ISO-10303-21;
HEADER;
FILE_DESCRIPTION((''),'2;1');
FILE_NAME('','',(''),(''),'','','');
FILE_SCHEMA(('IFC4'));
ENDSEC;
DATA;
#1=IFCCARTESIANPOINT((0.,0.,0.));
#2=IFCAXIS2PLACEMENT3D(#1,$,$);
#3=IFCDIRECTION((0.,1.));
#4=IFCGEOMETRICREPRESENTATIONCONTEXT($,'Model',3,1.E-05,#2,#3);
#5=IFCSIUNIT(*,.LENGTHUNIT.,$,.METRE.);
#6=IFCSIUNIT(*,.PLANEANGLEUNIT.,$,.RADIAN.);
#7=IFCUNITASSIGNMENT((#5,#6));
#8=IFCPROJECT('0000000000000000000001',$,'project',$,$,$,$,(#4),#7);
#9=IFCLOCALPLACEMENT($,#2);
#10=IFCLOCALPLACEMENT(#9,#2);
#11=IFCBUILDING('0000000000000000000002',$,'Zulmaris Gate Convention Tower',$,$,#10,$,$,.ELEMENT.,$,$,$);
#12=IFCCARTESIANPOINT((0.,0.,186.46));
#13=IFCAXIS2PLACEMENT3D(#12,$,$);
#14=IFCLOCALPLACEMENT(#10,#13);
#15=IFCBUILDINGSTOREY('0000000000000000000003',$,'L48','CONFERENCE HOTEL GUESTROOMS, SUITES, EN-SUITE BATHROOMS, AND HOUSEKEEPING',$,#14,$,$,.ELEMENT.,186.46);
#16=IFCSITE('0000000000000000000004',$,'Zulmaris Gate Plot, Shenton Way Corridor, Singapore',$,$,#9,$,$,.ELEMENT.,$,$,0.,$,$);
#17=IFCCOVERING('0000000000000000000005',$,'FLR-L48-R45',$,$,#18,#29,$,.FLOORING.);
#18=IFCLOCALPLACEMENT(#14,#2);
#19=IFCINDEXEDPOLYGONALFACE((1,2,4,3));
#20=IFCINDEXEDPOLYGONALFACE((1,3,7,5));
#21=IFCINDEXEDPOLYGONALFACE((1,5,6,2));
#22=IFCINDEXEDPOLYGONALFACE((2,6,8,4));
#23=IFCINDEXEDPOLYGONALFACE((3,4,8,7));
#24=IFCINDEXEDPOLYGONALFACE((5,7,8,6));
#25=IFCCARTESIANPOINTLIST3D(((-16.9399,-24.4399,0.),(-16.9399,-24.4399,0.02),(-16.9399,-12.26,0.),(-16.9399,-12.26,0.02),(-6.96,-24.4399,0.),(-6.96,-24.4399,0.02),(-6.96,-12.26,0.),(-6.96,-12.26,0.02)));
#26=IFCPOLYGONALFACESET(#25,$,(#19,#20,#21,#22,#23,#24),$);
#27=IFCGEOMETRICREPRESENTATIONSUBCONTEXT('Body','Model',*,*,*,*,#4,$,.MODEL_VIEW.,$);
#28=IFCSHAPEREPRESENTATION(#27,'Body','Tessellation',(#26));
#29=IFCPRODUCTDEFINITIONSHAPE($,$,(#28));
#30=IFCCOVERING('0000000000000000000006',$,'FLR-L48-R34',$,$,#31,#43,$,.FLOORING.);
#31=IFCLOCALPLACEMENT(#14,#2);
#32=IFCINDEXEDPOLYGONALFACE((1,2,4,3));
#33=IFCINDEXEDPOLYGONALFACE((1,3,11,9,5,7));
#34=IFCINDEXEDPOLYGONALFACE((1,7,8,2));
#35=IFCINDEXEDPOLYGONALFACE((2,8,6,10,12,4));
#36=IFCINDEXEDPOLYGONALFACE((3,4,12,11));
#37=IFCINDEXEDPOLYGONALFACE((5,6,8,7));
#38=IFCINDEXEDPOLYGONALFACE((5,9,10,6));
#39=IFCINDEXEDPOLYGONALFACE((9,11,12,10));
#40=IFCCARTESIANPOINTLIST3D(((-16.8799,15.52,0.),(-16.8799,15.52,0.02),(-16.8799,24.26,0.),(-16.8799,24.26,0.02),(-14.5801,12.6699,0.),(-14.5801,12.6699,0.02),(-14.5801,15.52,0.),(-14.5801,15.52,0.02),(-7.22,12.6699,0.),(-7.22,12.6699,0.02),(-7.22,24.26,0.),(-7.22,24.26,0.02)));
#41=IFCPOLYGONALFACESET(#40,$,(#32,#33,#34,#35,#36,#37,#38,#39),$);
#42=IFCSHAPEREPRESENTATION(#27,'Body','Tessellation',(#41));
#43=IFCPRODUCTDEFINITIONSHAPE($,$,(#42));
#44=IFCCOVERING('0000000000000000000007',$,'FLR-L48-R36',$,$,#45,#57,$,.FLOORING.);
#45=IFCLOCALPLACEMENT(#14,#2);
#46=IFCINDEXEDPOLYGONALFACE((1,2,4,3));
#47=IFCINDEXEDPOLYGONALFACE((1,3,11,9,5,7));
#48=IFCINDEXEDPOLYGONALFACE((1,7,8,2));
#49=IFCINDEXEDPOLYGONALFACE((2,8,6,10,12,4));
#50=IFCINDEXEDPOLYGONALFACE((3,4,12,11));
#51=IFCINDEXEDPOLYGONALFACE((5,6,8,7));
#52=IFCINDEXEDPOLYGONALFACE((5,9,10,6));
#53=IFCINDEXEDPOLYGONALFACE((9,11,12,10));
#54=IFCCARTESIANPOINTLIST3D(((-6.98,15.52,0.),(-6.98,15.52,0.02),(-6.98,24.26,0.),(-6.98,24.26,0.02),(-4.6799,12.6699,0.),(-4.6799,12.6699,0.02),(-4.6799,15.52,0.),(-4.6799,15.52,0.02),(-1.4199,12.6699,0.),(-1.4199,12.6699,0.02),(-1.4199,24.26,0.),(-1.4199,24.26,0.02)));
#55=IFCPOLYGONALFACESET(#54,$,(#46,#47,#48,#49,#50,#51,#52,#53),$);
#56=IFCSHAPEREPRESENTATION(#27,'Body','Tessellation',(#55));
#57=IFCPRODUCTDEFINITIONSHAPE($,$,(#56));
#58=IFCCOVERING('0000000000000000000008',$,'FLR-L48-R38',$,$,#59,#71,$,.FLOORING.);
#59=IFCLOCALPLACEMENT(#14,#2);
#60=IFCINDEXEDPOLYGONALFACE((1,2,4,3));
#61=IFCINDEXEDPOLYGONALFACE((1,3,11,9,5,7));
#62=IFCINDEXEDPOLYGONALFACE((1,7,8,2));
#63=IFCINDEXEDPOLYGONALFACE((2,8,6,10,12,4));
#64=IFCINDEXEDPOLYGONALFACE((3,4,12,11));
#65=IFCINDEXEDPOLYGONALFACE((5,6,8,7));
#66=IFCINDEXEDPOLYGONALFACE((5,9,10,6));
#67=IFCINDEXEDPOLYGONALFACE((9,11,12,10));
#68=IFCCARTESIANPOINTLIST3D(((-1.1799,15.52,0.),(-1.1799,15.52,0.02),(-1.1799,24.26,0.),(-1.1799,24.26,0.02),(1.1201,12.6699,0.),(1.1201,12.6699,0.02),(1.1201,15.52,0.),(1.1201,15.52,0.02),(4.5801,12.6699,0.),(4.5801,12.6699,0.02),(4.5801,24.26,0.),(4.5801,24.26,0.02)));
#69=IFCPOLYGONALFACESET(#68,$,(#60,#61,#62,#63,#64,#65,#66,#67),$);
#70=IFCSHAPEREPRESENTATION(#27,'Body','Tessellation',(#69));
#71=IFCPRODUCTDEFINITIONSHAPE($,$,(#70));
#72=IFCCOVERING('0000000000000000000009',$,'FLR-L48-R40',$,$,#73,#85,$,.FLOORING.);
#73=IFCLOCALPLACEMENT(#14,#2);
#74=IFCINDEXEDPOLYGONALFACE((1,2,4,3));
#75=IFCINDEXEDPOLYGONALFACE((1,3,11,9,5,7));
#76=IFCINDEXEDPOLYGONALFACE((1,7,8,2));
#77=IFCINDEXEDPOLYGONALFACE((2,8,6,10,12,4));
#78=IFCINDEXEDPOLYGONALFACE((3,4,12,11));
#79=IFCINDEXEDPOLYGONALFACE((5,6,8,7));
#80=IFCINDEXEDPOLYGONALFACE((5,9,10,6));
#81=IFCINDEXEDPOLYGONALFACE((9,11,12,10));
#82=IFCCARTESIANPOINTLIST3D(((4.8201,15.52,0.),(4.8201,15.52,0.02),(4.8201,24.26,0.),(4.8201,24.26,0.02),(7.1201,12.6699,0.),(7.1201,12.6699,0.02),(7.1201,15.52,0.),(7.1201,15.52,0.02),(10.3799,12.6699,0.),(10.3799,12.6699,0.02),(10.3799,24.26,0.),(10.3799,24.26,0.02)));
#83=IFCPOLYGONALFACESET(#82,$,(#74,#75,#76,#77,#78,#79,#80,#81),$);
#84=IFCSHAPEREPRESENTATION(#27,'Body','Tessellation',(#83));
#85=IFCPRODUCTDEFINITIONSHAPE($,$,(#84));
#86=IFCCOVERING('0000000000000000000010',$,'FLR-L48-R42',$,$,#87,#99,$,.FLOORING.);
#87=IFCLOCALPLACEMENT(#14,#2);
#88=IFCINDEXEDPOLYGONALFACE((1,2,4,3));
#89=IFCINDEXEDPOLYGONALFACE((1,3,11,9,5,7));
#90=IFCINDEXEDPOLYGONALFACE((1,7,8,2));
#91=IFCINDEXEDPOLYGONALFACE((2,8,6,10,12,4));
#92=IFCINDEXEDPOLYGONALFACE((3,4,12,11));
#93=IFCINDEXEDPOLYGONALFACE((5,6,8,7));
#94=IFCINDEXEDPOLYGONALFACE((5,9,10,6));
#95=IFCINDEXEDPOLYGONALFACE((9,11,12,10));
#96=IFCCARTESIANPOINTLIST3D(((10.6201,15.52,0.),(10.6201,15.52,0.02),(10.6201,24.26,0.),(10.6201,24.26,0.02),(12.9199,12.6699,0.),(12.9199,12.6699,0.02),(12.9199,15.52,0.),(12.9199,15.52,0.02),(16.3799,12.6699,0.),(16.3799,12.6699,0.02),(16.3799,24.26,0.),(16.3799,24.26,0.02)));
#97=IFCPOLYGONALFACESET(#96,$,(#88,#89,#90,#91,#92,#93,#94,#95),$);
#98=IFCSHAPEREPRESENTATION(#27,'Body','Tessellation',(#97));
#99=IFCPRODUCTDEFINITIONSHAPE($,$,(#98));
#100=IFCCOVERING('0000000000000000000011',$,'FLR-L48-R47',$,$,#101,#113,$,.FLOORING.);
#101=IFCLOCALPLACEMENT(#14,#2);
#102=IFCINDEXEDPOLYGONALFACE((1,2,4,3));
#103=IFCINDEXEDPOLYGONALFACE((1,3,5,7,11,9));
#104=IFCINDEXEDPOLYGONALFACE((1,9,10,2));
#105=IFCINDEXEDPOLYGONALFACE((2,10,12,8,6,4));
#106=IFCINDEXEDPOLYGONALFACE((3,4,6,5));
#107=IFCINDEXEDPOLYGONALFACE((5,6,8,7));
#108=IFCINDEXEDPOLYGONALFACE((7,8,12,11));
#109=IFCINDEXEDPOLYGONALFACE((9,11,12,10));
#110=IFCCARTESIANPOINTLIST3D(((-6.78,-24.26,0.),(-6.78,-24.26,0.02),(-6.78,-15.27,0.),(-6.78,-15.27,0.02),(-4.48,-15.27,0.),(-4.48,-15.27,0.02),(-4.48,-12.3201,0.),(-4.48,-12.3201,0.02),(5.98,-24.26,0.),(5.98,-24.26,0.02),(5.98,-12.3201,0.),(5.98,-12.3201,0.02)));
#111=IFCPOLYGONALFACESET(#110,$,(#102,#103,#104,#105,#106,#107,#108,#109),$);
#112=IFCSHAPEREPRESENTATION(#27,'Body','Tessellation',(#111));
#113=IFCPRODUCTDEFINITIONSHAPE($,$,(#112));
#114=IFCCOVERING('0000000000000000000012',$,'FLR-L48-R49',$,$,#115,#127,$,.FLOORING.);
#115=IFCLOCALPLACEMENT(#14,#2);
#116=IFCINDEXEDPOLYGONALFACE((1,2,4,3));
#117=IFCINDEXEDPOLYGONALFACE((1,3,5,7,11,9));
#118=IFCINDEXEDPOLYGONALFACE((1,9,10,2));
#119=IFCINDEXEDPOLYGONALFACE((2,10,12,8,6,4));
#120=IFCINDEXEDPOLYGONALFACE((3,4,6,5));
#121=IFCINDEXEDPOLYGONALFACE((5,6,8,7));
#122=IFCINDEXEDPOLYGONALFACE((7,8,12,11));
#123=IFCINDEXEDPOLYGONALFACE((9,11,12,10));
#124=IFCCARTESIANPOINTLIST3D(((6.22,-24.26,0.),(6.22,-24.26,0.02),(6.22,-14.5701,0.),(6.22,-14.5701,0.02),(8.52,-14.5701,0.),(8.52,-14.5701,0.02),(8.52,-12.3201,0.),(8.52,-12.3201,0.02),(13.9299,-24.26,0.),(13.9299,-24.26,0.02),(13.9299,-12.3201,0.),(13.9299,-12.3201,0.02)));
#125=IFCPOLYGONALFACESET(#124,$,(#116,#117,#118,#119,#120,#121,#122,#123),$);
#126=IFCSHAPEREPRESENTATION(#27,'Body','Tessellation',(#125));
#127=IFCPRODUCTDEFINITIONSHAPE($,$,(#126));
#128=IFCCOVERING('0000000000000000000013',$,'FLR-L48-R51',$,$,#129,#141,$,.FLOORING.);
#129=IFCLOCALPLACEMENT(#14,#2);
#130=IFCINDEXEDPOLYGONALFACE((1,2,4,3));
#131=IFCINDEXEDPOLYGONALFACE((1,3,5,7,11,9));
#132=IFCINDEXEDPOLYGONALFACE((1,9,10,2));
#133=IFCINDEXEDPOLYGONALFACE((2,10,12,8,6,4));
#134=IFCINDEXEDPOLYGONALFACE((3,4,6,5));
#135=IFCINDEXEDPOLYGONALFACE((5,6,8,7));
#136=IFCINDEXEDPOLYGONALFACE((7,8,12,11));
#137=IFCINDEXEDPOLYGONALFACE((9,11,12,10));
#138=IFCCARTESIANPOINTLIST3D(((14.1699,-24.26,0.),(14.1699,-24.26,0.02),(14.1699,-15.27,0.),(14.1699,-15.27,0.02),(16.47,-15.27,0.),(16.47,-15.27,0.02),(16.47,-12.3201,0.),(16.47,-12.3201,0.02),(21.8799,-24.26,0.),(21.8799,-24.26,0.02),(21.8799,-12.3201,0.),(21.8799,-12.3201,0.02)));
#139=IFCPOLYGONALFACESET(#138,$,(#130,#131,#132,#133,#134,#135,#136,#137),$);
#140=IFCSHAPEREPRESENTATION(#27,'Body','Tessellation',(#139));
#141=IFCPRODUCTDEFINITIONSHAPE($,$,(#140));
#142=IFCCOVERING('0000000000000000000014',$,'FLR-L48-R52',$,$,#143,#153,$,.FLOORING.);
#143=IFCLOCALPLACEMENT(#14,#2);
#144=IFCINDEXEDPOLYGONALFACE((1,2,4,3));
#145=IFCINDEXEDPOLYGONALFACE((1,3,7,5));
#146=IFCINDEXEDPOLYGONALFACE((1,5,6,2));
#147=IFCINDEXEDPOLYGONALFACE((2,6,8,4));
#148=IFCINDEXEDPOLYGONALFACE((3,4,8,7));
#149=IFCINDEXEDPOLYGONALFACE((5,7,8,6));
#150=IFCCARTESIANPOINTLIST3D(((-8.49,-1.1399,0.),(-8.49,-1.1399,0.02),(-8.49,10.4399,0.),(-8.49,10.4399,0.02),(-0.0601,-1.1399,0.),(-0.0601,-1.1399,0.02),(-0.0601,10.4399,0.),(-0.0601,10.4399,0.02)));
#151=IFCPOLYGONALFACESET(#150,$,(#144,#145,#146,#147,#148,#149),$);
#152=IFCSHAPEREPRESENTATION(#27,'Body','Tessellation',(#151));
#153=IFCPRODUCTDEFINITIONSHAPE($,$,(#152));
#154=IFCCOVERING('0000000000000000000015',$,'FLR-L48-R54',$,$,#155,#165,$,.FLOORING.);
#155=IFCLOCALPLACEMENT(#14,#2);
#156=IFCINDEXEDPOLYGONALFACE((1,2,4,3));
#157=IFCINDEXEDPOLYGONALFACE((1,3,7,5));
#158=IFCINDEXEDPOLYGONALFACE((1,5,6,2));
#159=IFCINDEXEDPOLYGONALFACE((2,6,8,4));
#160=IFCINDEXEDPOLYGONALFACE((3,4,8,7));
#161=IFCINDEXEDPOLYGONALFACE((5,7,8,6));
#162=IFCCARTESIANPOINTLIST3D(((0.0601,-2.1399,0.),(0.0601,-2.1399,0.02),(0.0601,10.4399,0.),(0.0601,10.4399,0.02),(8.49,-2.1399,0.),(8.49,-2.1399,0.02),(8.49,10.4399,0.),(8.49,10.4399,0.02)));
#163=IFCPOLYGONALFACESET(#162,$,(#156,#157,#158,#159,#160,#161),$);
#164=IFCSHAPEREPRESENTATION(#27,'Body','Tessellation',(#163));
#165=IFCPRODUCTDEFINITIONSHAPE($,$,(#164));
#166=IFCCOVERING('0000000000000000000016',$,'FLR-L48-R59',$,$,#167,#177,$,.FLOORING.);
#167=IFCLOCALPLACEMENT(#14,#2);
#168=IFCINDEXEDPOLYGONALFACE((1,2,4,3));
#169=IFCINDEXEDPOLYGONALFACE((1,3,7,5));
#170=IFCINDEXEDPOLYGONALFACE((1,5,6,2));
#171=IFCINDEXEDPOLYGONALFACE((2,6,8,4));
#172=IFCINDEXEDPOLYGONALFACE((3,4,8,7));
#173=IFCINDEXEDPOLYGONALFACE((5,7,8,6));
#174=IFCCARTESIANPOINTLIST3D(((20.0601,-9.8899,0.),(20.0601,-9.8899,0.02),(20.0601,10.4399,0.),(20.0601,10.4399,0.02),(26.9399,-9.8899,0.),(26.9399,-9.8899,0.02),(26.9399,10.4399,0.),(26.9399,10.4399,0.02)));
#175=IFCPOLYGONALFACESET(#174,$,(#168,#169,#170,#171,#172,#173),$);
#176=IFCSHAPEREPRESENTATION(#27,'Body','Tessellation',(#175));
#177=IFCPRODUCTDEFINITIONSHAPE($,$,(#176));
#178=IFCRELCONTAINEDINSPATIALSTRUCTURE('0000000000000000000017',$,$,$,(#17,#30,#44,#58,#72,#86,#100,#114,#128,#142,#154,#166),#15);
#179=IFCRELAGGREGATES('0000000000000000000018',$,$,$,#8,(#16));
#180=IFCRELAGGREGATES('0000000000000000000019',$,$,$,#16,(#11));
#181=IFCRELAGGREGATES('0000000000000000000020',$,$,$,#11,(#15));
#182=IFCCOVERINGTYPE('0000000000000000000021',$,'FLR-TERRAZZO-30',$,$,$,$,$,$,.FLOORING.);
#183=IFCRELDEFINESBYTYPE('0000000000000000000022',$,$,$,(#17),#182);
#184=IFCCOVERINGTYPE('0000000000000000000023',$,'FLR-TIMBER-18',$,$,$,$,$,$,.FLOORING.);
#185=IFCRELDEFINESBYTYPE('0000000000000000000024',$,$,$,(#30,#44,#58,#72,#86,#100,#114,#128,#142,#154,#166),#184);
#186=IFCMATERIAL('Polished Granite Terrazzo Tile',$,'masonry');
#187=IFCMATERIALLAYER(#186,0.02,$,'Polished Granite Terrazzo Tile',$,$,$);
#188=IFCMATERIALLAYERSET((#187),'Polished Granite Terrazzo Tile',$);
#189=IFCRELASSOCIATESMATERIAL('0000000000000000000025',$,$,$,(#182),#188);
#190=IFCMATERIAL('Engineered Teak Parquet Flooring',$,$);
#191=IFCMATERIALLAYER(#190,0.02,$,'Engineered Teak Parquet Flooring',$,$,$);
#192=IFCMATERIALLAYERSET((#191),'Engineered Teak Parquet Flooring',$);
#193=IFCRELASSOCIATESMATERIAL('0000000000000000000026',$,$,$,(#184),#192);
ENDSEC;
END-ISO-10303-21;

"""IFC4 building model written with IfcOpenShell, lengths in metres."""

from ifc_helpers import new_model, si_unit, direction, frame, origin, place, context, subcontext, project, spatial, polyline, outline, extrude, material, layer, layer_set, type_object, element, save


model = new_model("IFC4")

# Units and contexts
model_context = context("Model", 3, precision=1e-05, world=origin(), true_north=direction((0.0, 1.0)))
body_context = subcontext(model_context, "Body", "Model", "MODEL_VIEW")
ifc_project = project(units=[si_unit("LENGTHUNIT", "METRE"), si_unit("PLANEANGLEUNIT", "RADIAN")], contexts=[model_context])

# Site, building, storey
site_placement = place(None, origin())
site = spatial("IfcSite", under=ifc_project, at=site_placement, Name="Zulmaris Gate Plot, Shenton Way Corridor, Singapore", CompositionType="ELEMENT", RefElevation=0.0)
building_placement = place(site_placement, origin())
building = spatial("IfcBuilding", under=site, at=building_placement, Name="Zulmaris Gate Convention Tower", CompositionType="ELEMENT")
storey_placement = place(building_placement, frame((0.0, 0.0, 186.46)))
storey = spatial("IfcBuildingStorey", under=building, at=storey_placement, Name="L48", Description="CONFERENCE HOTEL GUESTROOMS, SUITES, EN-SUITE BATHROOMS, AND HOUSEKEEPING", CompositionType="ELEMENT", Elevation=186.46)

# Coverings
ifc_material_1 = material(Name="Polished Granite Terrazzo Tile", Category="masonry")
ifc_layer_1 = layer(ifc_material_1, 0.02, Name="Polished Granite Terrazzo Tile")
ifc_layer_set_1 = layer_set([ifc_layer_1], Name="Polished Granite Terrazzo Tile")
covering_type_1 = type_object("IfcCoveringType", Name="FLR-TERRAZZO-30", PredefinedType="FLOORING", material=ifc_layer_set_1)
covering_1_placement = place(storey_placement, origin())
element("IfcCovering", 1, at=covering_1_placement, inside=storey, type_object=covering_type_1, Name="FLR-L48-R45", PredefinedType="FLOORING", context=body_context, shape_type="SweptSolid", body=[
    extrude(outline(polyline([(-16.9399, -24.4399), (-6.96, -24.4399), (-6.96, -12.26), (-16.9399, -12.26), (-16.9399, -24.4399)])), origin(), (0.0, 0.0, 1.0), 0.02),
])
ifc_material_2 = material(Name="Engineered Teak Parquet Flooring")
ifc_layer_2 = layer(ifc_material_2, 0.02, Name="Engineered Teak Parquet Flooring")
ifc_layer_set_2 = layer_set([ifc_layer_2], Name="Engineered Teak Parquet Flooring")
covering_type_2 = type_object("IfcCoveringType", Name="FLR-TIMBER-18", PredefinedType="FLOORING", material=ifc_layer_set_2)
covering_2_placement = place(storey_placement, origin())
element("IfcCovering", 2, at=covering_2_placement, inside=storey, type_object=covering_type_2, Name="FLR-L48-R34", PredefinedType="FLOORING", context=body_context, shape_type="SweptSolid", body=[
    extrude(outline(polyline([(-14.5801, 12.6699), (-7.22, 12.6699), (-7.22, 24.26), (-16.8799, 24.26), (-16.8799, 15.52), (-14.5801, 15.52), (-14.5801, 12.6699)])), origin(), (0.0, 0.0, 1.0), 0.02),
])
covering_3_placement = place(storey_placement, origin())
element("IfcCovering", 3, at=covering_3_placement, inside=storey, type_object=covering_type_2, Name="FLR-L48-R36", PredefinedType="FLOORING", context=body_context, shape_type="SweptSolid", body=[
    extrude(outline(polyline([(-4.6799, 12.6699), (-1.4199, 12.6699), (-1.4199, 24.26), (-6.98, 24.26), (-6.98, 15.52), (-4.6799, 15.52), (-4.6799, 12.6699)])), origin(), (0.0, 0.0, 1.0), 0.02),
])
covering_4_placement = place(storey_placement, origin())
element("IfcCovering", 4, at=covering_4_placement, inside=storey, type_object=covering_type_2, Name="FLR-L48-R38", PredefinedType="FLOORING", context=body_context, shape_type="SweptSolid", body=[
    extrude(outline(polyline([(1.1201, 12.6699), (4.5801, 12.6699), (4.5801, 24.26), (-1.1799, 24.26), (-1.1799, 15.52), (1.1201, 15.52), (1.1201, 12.6699)])), origin(), (0.0, 0.0, 1.0), 0.02),
])
covering_5_placement = place(storey_placement, origin())
element("IfcCovering", 5, at=covering_5_placement, inside=storey, type_object=covering_type_2, Name="FLR-L48-R40", PredefinedType="FLOORING", context=body_context, shape_type="SweptSolid", body=[
    extrude(outline(polyline([(7.1201, 12.6699), (10.3799, 12.6699), (10.3799, 24.26), (4.8201, 24.26), (4.8201, 15.52), (7.1201, 15.52), (7.1201, 12.6699)])), origin(), (0.0, 0.0, 1.0), 0.02),
])
covering_6_placement = place(storey_placement, origin())
element("IfcCovering", 6, at=covering_6_placement, inside=storey, type_object=covering_type_2, Name="FLR-L48-R42", PredefinedType="FLOORING", context=body_context, shape_type="SweptSolid", body=[
    extrude(outline(polyline([(12.9199, 12.6699), (16.3799, 12.6699), (16.3799, 24.26), (10.6201, 24.26), (10.6201, 15.52), (12.9199, 15.52), (12.9199, 12.6699)])), origin(), (0.0, 0.0, 1.0), 0.02),
])
covering_7_placement = place(storey_placement, origin())
element("IfcCovering", 7, at=covering_7_placement, inside=storey, type_object=covering_type_2, Name="FLR-L48-R47", PredefinedType="FLOORING", context=body_context, shape_type="SweptSolid", body=[
    extrude(outline(polyline([(-6.78, -24.26), (5.98, -24.26), (5.98, -12.3201), (-4.48, -12.3201), (-4.48, -15.27), (-6.78, -15.27), (-6.78, -24.26)])), origin(), (0.0, 0.0, 1.0), 0.02),
])
covering_8_placement = place(storey_placement, origin())
element("IfcCovering", 8, at=covering_8_placement, inside=storey, type_object=covering_type_2, Name="FLR-L48-R49", PredefinedType="FLOORING", context=body_context, shape_type="SweptSolid", body=[
    extrude(outline(polyline([(6.22, -24.26), (13.9299, -24.26), (13.9299, -12.3201), (8.52, -12.3201), (8.52, -14.5701), (6.22, -14.5701), (6.22, -24.26)])), origin(), (0.0, 0.0, 1.0), 0.02),
])
covering_9_placement = place(storey_placement, origin())
element("IfcCovering", 9, at=covering_9_placement, inside=storey, type_object=covering_type_2, Name="FLR-L48-R51", PredefinedType="FLOORING", context=body_context, shape_type="SweptSolid", body=[
    extrude(outline(polyline([(14.1699, -24.26), (21.8799, -24.26), (21.8799, -12.3201), (16.47, -12.3201), (16.47, -15.27), (14.1699, -15.27), (14.1699, -24.26)])), origin(), (0.0, 0.0, 1.0), 0.02),
])
covering_10_placement = place(storey_placement, origin())
element("IfcCovering", 10, at=covering_10_placement, inside=storey, type_object=covering_type_2, Name="FLR-L48-R52", PredefinedType="FLOORING", context=body_context, shape_type="SweptSolid", body=[
    extrude(outline(polyline([(-8.49, -1.1399), (-0.0601, -1.1399), (-0.0601, 10.4399), (-8.49, 10.4399), (-8.49, -1.1399)])), origin(), (0.0, 0.0, 1.0), 0.02),
])
covering_11_placement = place(storey_placement, origin())
element("IfcCovering", 11, at=covering_11_placement, inside=storey, type_object=covering_type_2, Name="FLR-L48-R54", PredefinedType="FLOORING", context=body_context, shape_type="SweptSolid", body=[
    extrude(outline(polyline([(0.0601, -2.1399), (8.49, -2.1399), (8.49, 10.4399), (0.0601, 10.4399), (0.0601, -2.1399)])), origin(), (0.0, 0.0, 1.0), 0.02),
])
covering_12_placement = place(storey_placement, origin())
element("IfcCovering", 12, at=covering_12_placement, inside=storey, type_object=covering_type_2, Name="FLR-L48-R59", PredefinedType="FLOORING", context=body_context, shape_type="SweptSolid", body=[
    extrude(outline(polyline([(20.0601, -9.8899), (26.9399, -9.8899), (26.9399, 10.4399), (20.0601, 10.4399), (20.0601, -9.8899)])), origin(), (0.0, 0.0, 1.0), 0.02),
])

save(model, "model.ifc")
